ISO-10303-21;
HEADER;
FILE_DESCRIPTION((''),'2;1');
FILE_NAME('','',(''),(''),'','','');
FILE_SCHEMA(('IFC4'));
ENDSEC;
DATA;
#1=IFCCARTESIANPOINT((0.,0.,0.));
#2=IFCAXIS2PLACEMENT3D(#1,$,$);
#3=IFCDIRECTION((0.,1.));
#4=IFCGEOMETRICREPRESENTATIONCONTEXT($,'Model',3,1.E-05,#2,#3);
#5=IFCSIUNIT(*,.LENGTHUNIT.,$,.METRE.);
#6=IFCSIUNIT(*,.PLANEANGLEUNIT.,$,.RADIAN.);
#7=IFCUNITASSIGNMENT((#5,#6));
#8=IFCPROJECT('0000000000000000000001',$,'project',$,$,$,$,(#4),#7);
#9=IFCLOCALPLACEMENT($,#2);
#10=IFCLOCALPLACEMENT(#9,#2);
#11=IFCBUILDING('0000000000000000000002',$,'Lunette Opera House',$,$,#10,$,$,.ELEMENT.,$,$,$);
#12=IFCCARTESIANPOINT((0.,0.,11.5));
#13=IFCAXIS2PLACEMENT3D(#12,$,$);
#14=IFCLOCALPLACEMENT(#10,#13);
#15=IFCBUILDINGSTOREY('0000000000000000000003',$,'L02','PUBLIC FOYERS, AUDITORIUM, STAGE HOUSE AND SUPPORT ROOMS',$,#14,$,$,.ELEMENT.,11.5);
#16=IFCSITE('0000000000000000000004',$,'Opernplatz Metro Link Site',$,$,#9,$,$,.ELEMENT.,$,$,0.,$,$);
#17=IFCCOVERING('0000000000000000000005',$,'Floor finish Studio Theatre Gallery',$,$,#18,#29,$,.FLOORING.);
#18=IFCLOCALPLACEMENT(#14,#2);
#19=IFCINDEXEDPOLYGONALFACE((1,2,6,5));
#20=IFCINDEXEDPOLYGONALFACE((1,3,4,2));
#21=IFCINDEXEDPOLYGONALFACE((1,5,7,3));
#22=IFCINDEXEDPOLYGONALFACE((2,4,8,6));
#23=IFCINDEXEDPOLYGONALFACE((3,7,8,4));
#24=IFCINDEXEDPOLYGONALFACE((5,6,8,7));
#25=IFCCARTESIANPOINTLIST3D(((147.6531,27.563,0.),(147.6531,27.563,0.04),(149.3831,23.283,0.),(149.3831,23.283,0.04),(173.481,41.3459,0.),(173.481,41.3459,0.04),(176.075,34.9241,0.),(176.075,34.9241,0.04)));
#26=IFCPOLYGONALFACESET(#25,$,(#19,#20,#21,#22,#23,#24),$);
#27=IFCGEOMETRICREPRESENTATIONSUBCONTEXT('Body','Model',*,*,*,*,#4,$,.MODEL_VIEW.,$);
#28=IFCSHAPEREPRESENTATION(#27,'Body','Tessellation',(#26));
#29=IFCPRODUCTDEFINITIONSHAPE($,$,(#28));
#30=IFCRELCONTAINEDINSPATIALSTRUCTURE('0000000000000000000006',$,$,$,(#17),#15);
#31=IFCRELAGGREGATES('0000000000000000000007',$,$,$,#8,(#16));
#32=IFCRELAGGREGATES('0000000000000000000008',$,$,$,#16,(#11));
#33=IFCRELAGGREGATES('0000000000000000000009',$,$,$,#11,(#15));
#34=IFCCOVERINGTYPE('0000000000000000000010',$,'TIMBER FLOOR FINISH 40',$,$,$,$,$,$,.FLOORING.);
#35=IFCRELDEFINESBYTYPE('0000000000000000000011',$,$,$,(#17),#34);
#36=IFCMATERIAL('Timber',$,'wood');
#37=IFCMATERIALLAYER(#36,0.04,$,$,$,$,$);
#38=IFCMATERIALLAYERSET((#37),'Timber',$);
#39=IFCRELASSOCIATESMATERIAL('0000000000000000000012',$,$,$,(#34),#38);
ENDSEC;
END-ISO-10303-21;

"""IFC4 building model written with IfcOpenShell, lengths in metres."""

from ifc_helpers import new_model, si_unit, direction, frame, origin, place, context, subcontext, project, spatial, polyline, outline, extrude, material, layer, layer_set, type_object, element, save


model = new_model("IFC4")

# Units and contexts
model_context = context("Model", 3, precision=1e-05, world=origin(), true_north=direction((0.0, 1.0)))
body_context = subcontext(model_context, "Body", "Model", "MODEL_VIEW")
ifc_project = project(units=[si_unit("LENGTHUNIT", "METRE"), si_unit("PLANEANGLEUNIT", "RADIAN")], contexts=[model_context])

# Site, building, storey
site_placement = place(None, origin())
site = spatial("IfcSite", under=ifc_project, at=site_placement, Name="Opernplatz Metro Link Site", CompositionType="ELEMENT", RefElevation=0.0)
building_placement = place(site_placement, origin())
building = spatial("IfcBuilding", under=site, at=building_placement, Name="Lunette Opera House", CompositionType="ELEMENT")
storey_placement = place(building_placement, frame((0.0, 0.0, 11.5)))
storey = spatial("IfcBuildingStorey", under=building, at=storey_placement, Name="L02", Description="PUBLIC FOYERS, AUDITORIUM, STAGE HOUSE AND SUPPORT ROOMS", CompositionType="ELEMENT", Elevation=11.5)

# Covering
ifc_material_1 = material(Name="Timber", Category="wood")
ifc_layer_1 = layer(ifc_material_1, 0.04)
ifc_layer_set_1 = layer_set([ifc_layer_1], Name="Timber")
covering_type_1 = type_object("IfcCoveringType", Name="TIMBER FLOOR FINISH 40", PredefinedType="FLOORING", material=ifc_layer_set_1)
covering_1_placement = place(storey_placement, origin())
element("IfcCovering", 1, at=covering_1_placement, inside=storey, type_object=covering_type_1, Name="Floor finish Studio Theatre Gallery", PredefinedType="FLOORING", context=body_context, shape_type="SweptSolid", body=[
    extrude(outline(polyline([(147.6531, 27.563), (173.481, 41.3459), (176.075, 34.9241), (149.3831, 23.283), (147.6531, 27.563)])), origin(), (0.0, 0.0, 1.0), 0.04),
])

save(model, "model.ifc")
